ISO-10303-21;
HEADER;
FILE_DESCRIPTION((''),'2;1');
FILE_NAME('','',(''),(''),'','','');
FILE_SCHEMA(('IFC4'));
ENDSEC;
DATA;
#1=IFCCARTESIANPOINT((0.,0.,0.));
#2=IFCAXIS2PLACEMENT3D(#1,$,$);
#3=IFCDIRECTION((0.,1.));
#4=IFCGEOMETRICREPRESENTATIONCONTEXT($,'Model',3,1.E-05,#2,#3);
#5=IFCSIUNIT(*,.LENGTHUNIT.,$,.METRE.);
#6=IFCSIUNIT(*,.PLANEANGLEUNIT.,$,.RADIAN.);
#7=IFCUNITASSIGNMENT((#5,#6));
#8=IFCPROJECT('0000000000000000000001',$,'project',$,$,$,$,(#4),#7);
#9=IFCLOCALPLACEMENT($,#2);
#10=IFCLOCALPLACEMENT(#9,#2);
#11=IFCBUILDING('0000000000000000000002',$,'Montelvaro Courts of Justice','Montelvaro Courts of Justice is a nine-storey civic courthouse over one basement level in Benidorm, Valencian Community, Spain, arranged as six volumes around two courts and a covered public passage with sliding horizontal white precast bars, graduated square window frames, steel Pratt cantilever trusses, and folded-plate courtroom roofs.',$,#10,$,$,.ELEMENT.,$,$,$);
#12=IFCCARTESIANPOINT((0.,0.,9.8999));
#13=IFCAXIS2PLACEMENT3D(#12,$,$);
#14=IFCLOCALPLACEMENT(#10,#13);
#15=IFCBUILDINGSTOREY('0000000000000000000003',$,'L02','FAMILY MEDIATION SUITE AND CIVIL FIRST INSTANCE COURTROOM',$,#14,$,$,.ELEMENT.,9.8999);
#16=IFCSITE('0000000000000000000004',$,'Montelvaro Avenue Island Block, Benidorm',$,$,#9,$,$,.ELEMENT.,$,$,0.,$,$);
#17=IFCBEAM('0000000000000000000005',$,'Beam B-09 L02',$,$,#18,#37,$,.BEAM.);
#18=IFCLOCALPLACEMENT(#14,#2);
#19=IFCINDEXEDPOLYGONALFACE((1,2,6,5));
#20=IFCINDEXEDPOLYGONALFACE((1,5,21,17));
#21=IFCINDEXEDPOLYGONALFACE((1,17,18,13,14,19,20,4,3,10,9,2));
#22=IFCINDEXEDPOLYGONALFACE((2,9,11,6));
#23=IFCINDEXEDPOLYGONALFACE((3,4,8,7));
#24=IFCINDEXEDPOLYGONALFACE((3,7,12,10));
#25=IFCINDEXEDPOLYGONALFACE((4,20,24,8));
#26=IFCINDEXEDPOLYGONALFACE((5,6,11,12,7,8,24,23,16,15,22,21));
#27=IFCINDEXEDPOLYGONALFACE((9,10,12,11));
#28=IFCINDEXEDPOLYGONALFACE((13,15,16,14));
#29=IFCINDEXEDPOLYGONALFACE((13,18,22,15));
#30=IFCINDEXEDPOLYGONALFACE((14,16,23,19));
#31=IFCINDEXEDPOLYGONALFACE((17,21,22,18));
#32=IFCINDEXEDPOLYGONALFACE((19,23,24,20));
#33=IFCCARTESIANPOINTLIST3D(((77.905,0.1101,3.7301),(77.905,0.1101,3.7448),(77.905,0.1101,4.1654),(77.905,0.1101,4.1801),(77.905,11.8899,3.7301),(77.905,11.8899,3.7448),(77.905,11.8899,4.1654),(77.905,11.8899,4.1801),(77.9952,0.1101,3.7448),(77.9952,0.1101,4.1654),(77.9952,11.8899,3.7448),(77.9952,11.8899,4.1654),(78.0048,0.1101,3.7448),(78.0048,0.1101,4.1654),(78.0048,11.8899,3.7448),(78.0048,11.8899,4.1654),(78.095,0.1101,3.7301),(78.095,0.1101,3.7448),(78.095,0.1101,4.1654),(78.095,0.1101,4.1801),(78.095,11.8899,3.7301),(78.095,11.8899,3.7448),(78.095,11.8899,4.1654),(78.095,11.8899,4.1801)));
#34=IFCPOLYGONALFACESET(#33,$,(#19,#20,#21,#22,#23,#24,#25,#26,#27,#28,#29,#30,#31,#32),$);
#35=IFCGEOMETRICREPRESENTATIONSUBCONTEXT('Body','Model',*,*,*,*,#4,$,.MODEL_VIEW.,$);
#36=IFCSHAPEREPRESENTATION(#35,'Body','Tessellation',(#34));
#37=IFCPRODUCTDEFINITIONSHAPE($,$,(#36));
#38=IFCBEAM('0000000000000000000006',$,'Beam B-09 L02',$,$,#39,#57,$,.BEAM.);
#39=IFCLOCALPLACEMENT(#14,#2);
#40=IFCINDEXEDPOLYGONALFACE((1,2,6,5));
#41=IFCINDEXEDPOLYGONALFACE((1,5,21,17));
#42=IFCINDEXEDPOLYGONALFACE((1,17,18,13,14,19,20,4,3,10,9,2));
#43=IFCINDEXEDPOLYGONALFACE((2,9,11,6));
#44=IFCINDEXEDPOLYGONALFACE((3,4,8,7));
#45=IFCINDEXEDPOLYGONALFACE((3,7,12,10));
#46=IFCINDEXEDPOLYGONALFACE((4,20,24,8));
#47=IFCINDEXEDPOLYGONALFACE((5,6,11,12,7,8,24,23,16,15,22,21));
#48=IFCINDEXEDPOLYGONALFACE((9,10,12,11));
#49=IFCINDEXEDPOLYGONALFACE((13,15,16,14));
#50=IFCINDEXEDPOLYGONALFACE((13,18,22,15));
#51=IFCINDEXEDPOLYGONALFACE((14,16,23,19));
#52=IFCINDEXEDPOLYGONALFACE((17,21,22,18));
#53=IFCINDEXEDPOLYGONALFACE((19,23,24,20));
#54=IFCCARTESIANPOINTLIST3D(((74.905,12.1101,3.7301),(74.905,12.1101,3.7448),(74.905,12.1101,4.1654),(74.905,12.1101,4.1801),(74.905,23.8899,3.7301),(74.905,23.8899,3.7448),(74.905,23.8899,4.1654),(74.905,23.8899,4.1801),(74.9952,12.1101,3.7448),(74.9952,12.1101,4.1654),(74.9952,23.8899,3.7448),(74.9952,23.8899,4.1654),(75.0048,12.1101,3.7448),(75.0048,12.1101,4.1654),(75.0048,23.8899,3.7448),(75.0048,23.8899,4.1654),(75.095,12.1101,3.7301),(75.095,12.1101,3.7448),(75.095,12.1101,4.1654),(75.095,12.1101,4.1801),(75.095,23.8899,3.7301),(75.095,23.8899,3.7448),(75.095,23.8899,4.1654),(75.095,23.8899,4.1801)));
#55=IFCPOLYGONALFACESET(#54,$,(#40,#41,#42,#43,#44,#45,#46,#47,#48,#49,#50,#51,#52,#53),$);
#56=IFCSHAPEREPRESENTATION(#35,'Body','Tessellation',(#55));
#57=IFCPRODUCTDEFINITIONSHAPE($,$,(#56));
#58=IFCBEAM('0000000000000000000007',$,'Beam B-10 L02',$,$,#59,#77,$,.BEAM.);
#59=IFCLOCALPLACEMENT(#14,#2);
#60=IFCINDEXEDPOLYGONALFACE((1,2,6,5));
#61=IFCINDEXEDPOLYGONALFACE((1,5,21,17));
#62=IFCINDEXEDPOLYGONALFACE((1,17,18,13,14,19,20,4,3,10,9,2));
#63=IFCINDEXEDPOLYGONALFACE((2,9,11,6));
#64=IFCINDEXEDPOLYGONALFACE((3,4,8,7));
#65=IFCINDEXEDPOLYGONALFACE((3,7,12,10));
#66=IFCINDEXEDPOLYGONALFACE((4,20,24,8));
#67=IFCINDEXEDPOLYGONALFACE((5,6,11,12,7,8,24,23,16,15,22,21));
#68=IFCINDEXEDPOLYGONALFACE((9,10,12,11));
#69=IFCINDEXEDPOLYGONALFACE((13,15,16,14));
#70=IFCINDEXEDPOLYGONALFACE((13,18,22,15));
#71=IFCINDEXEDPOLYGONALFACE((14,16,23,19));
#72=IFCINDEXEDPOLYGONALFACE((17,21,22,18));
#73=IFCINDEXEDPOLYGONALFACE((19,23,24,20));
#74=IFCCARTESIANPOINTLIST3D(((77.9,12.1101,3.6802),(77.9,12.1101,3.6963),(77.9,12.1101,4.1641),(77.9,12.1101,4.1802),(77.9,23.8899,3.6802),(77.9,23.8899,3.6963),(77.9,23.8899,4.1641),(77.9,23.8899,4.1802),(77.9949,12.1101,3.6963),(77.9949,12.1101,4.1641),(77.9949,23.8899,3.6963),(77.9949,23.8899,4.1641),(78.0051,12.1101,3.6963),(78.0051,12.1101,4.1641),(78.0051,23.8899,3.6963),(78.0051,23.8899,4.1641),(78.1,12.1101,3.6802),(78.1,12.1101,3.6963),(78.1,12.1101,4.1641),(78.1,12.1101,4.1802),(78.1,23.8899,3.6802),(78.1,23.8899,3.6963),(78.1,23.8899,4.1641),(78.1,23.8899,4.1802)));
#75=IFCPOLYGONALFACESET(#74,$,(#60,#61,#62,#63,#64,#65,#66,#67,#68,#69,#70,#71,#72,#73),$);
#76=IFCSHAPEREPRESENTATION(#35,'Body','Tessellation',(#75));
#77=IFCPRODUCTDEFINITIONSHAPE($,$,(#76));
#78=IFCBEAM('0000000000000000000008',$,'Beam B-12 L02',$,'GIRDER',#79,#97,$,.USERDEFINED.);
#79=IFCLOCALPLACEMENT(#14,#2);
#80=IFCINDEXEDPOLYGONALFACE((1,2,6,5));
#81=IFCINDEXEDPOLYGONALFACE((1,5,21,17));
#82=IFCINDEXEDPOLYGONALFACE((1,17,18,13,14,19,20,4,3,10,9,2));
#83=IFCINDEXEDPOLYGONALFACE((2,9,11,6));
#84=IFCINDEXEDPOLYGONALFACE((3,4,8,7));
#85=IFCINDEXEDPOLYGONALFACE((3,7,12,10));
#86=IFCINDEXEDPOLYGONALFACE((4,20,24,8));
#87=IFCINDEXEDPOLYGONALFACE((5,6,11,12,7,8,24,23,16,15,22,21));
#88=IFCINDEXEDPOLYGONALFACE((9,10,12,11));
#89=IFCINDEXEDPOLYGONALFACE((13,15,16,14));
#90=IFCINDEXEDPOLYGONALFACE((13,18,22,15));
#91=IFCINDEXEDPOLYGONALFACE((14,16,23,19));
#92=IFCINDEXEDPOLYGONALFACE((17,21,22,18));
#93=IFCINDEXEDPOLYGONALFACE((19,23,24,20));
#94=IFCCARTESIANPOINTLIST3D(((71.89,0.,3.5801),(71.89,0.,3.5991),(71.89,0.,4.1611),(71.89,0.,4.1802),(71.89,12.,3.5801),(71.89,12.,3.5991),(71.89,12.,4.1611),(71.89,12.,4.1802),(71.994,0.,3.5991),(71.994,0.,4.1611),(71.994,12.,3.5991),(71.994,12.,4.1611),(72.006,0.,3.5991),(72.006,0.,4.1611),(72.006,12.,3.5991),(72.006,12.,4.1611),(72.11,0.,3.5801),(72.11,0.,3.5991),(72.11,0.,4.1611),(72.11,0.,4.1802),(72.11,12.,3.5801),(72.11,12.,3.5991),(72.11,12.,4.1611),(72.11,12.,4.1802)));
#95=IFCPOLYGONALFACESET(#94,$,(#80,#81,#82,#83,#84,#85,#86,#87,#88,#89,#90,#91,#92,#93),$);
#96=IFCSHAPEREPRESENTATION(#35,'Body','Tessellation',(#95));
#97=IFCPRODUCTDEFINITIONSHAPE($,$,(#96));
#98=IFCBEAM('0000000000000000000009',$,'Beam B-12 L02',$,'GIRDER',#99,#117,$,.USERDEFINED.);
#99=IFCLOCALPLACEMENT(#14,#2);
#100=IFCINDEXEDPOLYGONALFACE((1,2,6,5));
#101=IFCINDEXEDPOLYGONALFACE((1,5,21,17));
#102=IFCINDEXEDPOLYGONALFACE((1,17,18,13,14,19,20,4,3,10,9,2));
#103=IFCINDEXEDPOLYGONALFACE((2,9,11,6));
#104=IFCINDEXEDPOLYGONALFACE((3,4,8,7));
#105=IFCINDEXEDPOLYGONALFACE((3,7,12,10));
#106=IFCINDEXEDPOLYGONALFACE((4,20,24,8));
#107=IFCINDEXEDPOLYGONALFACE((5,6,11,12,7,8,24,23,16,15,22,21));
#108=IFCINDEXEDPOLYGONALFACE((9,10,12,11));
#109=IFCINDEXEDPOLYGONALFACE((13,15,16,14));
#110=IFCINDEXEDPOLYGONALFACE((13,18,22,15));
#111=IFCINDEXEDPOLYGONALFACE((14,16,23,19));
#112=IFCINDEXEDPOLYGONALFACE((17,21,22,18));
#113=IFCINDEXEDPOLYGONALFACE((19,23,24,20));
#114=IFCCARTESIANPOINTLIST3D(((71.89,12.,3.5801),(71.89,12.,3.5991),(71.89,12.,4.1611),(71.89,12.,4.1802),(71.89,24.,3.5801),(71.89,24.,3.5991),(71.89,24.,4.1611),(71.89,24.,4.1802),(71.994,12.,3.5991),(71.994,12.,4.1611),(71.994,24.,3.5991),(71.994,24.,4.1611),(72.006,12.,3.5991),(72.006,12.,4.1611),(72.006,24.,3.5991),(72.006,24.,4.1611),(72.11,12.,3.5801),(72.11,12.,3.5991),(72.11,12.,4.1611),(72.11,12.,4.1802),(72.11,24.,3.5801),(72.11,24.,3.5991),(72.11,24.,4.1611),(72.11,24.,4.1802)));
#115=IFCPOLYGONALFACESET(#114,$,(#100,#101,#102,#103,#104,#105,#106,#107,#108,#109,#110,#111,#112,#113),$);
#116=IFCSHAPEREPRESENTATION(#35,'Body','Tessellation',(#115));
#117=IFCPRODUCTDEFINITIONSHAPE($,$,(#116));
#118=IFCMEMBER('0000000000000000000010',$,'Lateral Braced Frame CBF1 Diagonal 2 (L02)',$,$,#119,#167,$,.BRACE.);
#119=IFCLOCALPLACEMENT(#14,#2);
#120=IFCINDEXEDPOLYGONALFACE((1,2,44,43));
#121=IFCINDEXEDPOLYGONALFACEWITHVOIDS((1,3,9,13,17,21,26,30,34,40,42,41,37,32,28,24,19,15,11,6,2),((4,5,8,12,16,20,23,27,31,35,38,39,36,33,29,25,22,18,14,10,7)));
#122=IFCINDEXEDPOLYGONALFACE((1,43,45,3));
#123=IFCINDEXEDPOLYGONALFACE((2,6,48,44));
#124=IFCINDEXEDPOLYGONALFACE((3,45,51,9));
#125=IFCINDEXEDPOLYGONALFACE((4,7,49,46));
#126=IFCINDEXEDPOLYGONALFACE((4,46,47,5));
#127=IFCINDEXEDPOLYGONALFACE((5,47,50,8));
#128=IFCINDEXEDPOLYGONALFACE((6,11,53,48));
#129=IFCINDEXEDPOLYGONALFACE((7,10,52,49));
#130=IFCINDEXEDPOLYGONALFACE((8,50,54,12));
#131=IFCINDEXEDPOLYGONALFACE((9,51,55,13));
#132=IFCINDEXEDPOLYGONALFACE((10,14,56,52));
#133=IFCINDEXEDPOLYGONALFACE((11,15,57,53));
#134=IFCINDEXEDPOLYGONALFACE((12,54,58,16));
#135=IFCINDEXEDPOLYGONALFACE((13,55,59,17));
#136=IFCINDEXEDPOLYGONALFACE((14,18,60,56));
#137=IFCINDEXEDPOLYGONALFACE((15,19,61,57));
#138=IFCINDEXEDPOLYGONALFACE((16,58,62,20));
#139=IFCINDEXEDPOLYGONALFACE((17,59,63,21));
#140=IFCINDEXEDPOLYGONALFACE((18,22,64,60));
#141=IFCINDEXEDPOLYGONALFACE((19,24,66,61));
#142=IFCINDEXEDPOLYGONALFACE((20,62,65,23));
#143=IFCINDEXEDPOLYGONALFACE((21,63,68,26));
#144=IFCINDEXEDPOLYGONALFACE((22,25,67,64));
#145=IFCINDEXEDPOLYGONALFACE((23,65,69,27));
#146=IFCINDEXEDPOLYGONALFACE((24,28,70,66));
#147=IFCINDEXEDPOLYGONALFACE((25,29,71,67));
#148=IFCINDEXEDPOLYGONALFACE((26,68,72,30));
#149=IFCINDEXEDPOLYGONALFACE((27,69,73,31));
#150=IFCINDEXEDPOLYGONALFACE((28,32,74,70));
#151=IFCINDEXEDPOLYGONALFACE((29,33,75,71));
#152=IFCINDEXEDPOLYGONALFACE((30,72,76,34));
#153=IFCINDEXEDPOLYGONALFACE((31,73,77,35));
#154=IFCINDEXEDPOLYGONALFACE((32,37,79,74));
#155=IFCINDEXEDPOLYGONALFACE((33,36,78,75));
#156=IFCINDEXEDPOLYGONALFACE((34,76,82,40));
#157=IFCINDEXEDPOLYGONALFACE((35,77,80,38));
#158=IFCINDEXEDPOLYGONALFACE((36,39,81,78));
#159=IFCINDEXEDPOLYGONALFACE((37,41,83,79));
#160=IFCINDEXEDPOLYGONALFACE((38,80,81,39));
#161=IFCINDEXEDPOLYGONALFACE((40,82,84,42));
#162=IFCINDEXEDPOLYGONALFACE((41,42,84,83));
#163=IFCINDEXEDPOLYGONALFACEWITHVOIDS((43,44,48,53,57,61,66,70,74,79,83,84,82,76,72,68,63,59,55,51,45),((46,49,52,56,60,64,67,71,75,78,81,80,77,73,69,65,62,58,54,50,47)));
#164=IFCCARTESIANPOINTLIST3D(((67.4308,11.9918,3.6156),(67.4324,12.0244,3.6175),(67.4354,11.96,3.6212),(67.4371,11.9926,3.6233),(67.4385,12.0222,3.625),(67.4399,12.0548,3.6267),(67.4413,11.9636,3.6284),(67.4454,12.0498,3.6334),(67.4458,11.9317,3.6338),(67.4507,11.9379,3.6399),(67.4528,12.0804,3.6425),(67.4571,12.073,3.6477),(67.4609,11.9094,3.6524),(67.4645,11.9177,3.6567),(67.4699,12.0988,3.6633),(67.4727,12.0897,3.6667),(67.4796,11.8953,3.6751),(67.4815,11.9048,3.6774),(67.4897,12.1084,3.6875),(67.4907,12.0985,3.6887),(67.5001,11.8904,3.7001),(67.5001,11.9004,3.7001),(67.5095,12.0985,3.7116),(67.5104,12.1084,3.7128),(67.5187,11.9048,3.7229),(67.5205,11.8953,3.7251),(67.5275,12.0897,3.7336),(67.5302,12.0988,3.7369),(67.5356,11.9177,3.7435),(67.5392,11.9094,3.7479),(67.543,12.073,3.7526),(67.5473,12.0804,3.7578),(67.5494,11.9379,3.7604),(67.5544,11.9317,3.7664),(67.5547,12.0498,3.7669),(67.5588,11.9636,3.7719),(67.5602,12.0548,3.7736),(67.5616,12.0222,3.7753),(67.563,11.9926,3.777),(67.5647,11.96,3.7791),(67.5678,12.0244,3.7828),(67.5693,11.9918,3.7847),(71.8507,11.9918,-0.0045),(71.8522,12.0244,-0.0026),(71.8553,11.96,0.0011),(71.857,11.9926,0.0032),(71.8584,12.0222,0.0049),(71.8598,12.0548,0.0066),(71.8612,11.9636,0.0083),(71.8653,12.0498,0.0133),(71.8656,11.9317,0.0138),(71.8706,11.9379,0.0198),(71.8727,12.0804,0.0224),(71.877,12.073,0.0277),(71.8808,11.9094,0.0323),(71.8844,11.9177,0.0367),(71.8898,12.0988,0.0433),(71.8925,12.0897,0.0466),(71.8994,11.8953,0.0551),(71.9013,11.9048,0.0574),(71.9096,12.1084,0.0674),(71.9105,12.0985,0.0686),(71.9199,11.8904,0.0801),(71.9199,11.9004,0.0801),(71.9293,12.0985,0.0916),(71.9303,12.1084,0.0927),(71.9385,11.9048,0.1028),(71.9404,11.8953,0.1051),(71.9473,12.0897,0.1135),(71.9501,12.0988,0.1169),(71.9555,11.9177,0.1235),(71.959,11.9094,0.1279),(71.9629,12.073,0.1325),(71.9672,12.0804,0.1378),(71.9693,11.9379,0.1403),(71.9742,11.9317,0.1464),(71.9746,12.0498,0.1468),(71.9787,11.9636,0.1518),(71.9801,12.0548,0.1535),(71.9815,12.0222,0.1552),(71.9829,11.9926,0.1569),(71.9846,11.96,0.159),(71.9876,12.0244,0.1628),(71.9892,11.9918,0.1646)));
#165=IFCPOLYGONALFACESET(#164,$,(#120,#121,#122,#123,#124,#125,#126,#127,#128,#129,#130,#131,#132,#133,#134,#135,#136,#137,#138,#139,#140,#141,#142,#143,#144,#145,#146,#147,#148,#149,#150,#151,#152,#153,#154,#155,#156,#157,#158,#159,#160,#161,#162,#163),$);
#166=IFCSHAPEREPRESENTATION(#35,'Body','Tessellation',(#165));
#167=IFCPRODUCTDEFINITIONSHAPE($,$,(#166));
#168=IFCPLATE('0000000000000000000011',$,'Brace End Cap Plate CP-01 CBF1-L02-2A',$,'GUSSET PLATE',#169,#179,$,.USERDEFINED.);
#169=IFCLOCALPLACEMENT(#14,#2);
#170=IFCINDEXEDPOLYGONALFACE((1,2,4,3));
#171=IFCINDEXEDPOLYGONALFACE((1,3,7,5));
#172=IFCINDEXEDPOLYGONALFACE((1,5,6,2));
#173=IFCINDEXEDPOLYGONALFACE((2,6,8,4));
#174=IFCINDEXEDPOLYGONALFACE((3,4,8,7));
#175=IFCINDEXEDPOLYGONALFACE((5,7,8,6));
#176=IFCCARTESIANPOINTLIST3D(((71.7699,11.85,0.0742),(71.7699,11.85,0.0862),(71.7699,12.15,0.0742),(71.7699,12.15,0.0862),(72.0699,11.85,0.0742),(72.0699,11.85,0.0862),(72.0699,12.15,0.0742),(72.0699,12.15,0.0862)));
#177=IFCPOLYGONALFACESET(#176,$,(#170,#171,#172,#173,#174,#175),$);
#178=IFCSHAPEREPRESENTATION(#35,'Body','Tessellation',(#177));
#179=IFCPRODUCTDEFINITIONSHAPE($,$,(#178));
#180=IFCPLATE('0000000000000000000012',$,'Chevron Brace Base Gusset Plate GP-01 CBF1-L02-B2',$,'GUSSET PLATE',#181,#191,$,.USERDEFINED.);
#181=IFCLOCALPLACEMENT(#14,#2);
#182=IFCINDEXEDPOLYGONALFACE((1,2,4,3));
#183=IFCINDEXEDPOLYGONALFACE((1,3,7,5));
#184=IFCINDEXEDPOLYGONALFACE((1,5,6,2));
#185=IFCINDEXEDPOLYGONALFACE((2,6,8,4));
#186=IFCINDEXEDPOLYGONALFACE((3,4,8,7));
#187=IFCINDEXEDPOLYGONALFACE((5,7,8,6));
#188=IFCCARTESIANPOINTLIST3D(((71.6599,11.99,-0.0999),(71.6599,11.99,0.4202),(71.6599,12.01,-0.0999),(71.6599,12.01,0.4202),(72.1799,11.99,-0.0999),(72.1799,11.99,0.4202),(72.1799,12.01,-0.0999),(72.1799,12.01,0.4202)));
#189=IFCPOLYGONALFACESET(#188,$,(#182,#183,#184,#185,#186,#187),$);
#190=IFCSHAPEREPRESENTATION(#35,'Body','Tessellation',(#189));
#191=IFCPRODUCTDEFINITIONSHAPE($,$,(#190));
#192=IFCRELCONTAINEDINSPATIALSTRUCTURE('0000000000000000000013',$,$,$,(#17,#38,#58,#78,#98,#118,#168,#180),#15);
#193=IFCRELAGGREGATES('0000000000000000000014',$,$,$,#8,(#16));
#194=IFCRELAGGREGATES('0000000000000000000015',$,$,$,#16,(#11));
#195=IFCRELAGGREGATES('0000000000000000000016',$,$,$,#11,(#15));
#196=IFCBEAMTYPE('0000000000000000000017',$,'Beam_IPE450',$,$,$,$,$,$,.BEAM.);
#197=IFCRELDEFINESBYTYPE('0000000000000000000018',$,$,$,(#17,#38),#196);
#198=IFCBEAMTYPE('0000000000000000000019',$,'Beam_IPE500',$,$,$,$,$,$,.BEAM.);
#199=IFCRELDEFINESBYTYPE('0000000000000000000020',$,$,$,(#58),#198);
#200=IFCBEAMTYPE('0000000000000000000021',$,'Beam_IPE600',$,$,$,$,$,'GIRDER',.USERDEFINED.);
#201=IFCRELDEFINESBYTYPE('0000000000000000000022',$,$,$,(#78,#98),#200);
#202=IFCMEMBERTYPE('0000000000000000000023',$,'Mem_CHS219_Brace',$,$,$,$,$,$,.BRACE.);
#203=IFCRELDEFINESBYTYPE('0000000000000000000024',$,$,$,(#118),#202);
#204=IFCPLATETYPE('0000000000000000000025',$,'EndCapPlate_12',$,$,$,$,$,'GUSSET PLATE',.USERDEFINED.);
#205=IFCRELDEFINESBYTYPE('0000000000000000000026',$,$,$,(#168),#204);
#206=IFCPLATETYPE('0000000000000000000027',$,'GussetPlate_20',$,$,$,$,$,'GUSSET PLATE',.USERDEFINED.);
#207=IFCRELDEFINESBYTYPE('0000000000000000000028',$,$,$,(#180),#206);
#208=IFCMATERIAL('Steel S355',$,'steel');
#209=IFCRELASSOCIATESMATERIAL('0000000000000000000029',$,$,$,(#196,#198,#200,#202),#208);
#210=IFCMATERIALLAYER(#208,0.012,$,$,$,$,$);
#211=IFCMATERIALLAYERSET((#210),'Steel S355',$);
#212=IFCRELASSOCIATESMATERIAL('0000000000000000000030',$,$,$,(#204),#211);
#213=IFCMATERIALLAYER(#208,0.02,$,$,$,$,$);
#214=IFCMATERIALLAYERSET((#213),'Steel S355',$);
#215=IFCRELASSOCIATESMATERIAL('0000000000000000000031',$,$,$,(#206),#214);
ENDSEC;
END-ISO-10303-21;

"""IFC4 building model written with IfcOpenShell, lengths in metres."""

from ifc_helpers import new_model, si_unit, direction, frame, origin, origin_2d, place, context, subcontext, project, spatial, rectangle, hollow_circle, i_section, extrude, material, layer, layer_set, material_profile, profile_set, type_object, element, save


model = new_model("IFC4")

# Units and contexts
model_context = context("Model", 3, precision=1e-05, world=origin(), true_north=direction((0.0, 1.0)))
body_context = subcontext(model_context, "Body", "Model", "MODEL_VIEW")
ifc_project = project(units=[si_unit("LENGTHUNIT", "METRE"), si_unit("PLANEANGLEUNIT", "RADIAN")], contexts=[model_context])

# Site, building, storey
site_placement = place(None, origin())
site = spatial("IfcSite", under=ifc_project, at=site_placement, Name="Montelvaro Avenue Island Block, Benidorm", CompositionType="ELEMENT", RefElevation=0.0)
building_placement = place(site_placement, origin())
building = spatial("IfcBuilding", under=site, at=building_placement, Name="Montelvaro Courts of Justice", Description="Montelvaro Courts of Justice is a nine-storey civic courthouse over one basement level in Benidorm, Valencian Community, Spain, arranged as six volumes around two courts and a covered public passage with sliding horizontal white precast bars, graduated square window frames, steel Pratt cantilever trusses, and folded-plate courtroom roofs.", CompositionType="ELEMENT")
storey_placement = place(building_placement, frame((0.0, 0.0, 9.8999)))
storey = spatial("IfcBuildingStorey", under=building, at=storey_placement, Name="L02", Description="FAMILY MEDIATION SUITE AND CIVIL FIRST INSTANCE COURTROOM", CompositionType="ELEMENT", Elevation=9.8999)

# Shared definitions
ifc_material_1 = material(Name="Steel S355", Category="steel")

# Beams
ifc_material_profile_1 = material_profile(ifc_material_1, i_section(OverallWidth=0.1899, OverallDepth=0.45, WebThickness=0.0095, FlangeThickness=0.0146, at=origin_2d()), Name="IPE 450")
ifc_profile_set_1 = profile_set([ifc_material_profile_1], Name="Steel S355")
beam_type_1 = type_object("IfcBeamType", Name="Beam_IPE450", PredefinedType="BEAM", material=ifc_profile_set_1)
for number, where, z_axis, x_axis, name in (
    (1, (78.0, 0.1101, 3.9551), (0.0, 1.0, 0.0), (-1.0, 0.0, 0.0), "Beam B-09 L02"),
    (2, (75.0, 12.1101, 3.9551), (0.0, 1.0, 0.0), (-1.0, 0.0, 0.0), "Beam B-09 L02"),
):
    element("IfcBeam", number, at=place(storey_placement, frame(where, z_axis=z_axis, x_axis=x_axis)), inside=storey, type_object=beam_type_1, Name=name, PredefinedType="BEAM", context=body_context, shape_type="SweptSolid", body=[
        extrude(i_section(OverallWidth=0.1899, OverallDepth=0.45, WebThickness=0.0095, FlangeThickness=0.0146, at=origin_2d()), origin(), (0.0, 0.0, 1.0), 11.7798),
    ])
ifc_material_profile_2 = material_profile(ifc_material_1, i_section(OverallWidth=0.2, OverallDepth=0.5, WebThickness=0.0103, FlangeThickness=0.0161, at=origin_2d()), Name="IPE 500")
ifc_profile_set_2 = profile_set([ifc_material_profile_2], Name="Steel S355")
beam_type_2 = type_object("IfcBeamType", Name="Beam_IPE500", PredefinedType="BEAM", material=ifc_profile_set_2)
beam_1_placement = place(storey_placement, frame((78.0, 12.1101, 3.9302), z_axis=(0.0, 1.0, 0.0), x_axis=(-1.0, 0.0, 0.0)))
element("IfcBeam", 3, at=beam_1_placement, inside=storey, type_object=beam_type_2, Name="Beam B-10 L02", PredefinedType="BEAM", context=body_context, shape_type="SweptSolid", body=[
    extrude(i_section(OverallWidth=0.2, OverallDepth=0.5, WebThickness=0.0103, FlangeThickness=0.0161, at=origin_2d()), origin(), (0.0, 0.0, 1.0), 11.7798),
])
ifc_material_profile_3 = material_profile(ifc_material_1, i_section(OverallWidth=0.22, OverallDepth=0.6001, WebThickness=0.012, FlangeThickness=0.019, at=origin_2d()), Name="IPE 600")
ifc_profile_set_3 = profile_set([ifc_material_profile_3], Name="Steel S355")
beam_type_3 = type_object("IfcBeamType", Name="Beam_IPE600", ElementType="GIRDER", PredefinedType="USERDEFINED", material=ifc_profile_set_3)
for number, where, z_axis, x_axis, name in (
    (4, (72.0, 0.0, 3.8801), (0.0, 1.0, 0.0), (-1.0, 0.0, 0.0), "Beam B-12 L02"),
    (5, (72.0, 12.0, 3.8801), (0.0, 1.0, 0.0), (-1.0, 0.0, 0.0), "Beam B-12 L02"),
):
    element("IfcBeam", number, at=place(storey_placement, frame(where, z_axis=z_axis, x_axis=x_axis)), inside=storey, type_object=beam_type_3, Name=name, ObjectType="GIRDER", PredefinedType="USERDEFINED", context=body_context, shape_type="SweptSolid", body=[
        extrude(i_section(OverallWidth=0.22, OverallDepth=0.6001, WebThickness=0.012, FlangeThickness=0.019, at=origin_2d()), origin(), (0.0, 0.0, 1.0), 12.0),
    ])

# Member
ifc_material_profile_4 = material_profile(ifc_material_1, hollow_circle(Radius=0.1096, WallThickness=0.01, at=origin_2d()), Name="CHS 219.1x10")
ifc_profile_set_4 = profile_set([ifc_material_profile_4], Name="Steel S355")
member_type = type_object("IfcMemberType", Name="Mem_CHS219_Brace", PredefinedType="BRACE", material=ifc_profile_set_4)
member_placement = place(storey_placement, frame((71.9199, 12.0, 0.0801), z_axis=(-0.77363, 0.0, 0.633638), x_axis=(0.0, -1.0, 0.0)))
element("IfcMember", 6, at=member_placement, inside=storey, type_object=member_type, Name="Lateral Braced Frame CBF1 Diagonal 2 (L02)", PredefinedType="BRACE", context=body_context, shape_type="SweptSolid", body=[
    extrude(hollow_circle(Radius=0.1096, WallThickness=0.01, at=origin_2d()), origin(), (0.0, 0.0, 1.0), 5.7131),
])

# Plates
ifc_layer_1 = layer(ifc_material_1, 0.012)
ifc_layer_set_1 = layer_set([ifc_layer_1], Name="Steel S355")
plate_type_1 = type_object("IfcPlateType", Name="EndCapPlate_12", ElementType="GUSSET PLATE", PredefinedType="USERDEFINED", material=ifc_layer_set_1)
plate_1_placement = place(storey_placement, frame((71.9199, 12.0, 0.0742), z_axis=(0.0, 0.0, 1.0), x_axis=(1.0, 0.0, 0.0)))
element("IfcPlate", 7, at=plate_1_placement, inside=storey, type_object=plate_type_1, Name="Brace End Cap Plate CP-01 CBF1-L02-2A", ObjectType="GUSSET PLATE", PredefinedType="USERDEFINED", context=body_context, shape_type="SweptSolid", body=[
    extrude(rectangle(XDim=0.3, YDim=0.3, at=origin_2d()), origin(), (0.0, 0.0, 1.0), 0.012),
])
ifc_layer_2 = layer(ifc_material_1, 0.02)
ifc_layer_set_2 = layer_set([ifc_layer_2], Name="Steel S355")
plate_type_2 = type_object("IfcPlateType", Name="GussetPlate_20", ElementType="GUSSET PLATE", PredefinedType="USERDEFINED", material=ifc_layer_set_2)
plate_2_placement = place(storey_placement, frame((71.9199, 12.0, -0.0999), z_axis=(0.0, 0.0, 1.0), x_axis=(1.0, 0.0, 0.0)))
element("IfcPlate", 8, at=plate_2_placement, inside=storey, type_object=plate_type_2, Name="Chevron Brace Base Gusset Plate GP-01 CBF1-L02-B2", ObjectType="GUSSET PLATE", PredefinedType="USERDEFINED", context=body_context, shape_type="SweptSolid", body=[
    extrude(rectangle(XDim=0.52, YDim=0.02, at=origin_2d()), origin(), (0.0, 0.0, 1.0), 0.52),
])

save(model, "model.ifc")
